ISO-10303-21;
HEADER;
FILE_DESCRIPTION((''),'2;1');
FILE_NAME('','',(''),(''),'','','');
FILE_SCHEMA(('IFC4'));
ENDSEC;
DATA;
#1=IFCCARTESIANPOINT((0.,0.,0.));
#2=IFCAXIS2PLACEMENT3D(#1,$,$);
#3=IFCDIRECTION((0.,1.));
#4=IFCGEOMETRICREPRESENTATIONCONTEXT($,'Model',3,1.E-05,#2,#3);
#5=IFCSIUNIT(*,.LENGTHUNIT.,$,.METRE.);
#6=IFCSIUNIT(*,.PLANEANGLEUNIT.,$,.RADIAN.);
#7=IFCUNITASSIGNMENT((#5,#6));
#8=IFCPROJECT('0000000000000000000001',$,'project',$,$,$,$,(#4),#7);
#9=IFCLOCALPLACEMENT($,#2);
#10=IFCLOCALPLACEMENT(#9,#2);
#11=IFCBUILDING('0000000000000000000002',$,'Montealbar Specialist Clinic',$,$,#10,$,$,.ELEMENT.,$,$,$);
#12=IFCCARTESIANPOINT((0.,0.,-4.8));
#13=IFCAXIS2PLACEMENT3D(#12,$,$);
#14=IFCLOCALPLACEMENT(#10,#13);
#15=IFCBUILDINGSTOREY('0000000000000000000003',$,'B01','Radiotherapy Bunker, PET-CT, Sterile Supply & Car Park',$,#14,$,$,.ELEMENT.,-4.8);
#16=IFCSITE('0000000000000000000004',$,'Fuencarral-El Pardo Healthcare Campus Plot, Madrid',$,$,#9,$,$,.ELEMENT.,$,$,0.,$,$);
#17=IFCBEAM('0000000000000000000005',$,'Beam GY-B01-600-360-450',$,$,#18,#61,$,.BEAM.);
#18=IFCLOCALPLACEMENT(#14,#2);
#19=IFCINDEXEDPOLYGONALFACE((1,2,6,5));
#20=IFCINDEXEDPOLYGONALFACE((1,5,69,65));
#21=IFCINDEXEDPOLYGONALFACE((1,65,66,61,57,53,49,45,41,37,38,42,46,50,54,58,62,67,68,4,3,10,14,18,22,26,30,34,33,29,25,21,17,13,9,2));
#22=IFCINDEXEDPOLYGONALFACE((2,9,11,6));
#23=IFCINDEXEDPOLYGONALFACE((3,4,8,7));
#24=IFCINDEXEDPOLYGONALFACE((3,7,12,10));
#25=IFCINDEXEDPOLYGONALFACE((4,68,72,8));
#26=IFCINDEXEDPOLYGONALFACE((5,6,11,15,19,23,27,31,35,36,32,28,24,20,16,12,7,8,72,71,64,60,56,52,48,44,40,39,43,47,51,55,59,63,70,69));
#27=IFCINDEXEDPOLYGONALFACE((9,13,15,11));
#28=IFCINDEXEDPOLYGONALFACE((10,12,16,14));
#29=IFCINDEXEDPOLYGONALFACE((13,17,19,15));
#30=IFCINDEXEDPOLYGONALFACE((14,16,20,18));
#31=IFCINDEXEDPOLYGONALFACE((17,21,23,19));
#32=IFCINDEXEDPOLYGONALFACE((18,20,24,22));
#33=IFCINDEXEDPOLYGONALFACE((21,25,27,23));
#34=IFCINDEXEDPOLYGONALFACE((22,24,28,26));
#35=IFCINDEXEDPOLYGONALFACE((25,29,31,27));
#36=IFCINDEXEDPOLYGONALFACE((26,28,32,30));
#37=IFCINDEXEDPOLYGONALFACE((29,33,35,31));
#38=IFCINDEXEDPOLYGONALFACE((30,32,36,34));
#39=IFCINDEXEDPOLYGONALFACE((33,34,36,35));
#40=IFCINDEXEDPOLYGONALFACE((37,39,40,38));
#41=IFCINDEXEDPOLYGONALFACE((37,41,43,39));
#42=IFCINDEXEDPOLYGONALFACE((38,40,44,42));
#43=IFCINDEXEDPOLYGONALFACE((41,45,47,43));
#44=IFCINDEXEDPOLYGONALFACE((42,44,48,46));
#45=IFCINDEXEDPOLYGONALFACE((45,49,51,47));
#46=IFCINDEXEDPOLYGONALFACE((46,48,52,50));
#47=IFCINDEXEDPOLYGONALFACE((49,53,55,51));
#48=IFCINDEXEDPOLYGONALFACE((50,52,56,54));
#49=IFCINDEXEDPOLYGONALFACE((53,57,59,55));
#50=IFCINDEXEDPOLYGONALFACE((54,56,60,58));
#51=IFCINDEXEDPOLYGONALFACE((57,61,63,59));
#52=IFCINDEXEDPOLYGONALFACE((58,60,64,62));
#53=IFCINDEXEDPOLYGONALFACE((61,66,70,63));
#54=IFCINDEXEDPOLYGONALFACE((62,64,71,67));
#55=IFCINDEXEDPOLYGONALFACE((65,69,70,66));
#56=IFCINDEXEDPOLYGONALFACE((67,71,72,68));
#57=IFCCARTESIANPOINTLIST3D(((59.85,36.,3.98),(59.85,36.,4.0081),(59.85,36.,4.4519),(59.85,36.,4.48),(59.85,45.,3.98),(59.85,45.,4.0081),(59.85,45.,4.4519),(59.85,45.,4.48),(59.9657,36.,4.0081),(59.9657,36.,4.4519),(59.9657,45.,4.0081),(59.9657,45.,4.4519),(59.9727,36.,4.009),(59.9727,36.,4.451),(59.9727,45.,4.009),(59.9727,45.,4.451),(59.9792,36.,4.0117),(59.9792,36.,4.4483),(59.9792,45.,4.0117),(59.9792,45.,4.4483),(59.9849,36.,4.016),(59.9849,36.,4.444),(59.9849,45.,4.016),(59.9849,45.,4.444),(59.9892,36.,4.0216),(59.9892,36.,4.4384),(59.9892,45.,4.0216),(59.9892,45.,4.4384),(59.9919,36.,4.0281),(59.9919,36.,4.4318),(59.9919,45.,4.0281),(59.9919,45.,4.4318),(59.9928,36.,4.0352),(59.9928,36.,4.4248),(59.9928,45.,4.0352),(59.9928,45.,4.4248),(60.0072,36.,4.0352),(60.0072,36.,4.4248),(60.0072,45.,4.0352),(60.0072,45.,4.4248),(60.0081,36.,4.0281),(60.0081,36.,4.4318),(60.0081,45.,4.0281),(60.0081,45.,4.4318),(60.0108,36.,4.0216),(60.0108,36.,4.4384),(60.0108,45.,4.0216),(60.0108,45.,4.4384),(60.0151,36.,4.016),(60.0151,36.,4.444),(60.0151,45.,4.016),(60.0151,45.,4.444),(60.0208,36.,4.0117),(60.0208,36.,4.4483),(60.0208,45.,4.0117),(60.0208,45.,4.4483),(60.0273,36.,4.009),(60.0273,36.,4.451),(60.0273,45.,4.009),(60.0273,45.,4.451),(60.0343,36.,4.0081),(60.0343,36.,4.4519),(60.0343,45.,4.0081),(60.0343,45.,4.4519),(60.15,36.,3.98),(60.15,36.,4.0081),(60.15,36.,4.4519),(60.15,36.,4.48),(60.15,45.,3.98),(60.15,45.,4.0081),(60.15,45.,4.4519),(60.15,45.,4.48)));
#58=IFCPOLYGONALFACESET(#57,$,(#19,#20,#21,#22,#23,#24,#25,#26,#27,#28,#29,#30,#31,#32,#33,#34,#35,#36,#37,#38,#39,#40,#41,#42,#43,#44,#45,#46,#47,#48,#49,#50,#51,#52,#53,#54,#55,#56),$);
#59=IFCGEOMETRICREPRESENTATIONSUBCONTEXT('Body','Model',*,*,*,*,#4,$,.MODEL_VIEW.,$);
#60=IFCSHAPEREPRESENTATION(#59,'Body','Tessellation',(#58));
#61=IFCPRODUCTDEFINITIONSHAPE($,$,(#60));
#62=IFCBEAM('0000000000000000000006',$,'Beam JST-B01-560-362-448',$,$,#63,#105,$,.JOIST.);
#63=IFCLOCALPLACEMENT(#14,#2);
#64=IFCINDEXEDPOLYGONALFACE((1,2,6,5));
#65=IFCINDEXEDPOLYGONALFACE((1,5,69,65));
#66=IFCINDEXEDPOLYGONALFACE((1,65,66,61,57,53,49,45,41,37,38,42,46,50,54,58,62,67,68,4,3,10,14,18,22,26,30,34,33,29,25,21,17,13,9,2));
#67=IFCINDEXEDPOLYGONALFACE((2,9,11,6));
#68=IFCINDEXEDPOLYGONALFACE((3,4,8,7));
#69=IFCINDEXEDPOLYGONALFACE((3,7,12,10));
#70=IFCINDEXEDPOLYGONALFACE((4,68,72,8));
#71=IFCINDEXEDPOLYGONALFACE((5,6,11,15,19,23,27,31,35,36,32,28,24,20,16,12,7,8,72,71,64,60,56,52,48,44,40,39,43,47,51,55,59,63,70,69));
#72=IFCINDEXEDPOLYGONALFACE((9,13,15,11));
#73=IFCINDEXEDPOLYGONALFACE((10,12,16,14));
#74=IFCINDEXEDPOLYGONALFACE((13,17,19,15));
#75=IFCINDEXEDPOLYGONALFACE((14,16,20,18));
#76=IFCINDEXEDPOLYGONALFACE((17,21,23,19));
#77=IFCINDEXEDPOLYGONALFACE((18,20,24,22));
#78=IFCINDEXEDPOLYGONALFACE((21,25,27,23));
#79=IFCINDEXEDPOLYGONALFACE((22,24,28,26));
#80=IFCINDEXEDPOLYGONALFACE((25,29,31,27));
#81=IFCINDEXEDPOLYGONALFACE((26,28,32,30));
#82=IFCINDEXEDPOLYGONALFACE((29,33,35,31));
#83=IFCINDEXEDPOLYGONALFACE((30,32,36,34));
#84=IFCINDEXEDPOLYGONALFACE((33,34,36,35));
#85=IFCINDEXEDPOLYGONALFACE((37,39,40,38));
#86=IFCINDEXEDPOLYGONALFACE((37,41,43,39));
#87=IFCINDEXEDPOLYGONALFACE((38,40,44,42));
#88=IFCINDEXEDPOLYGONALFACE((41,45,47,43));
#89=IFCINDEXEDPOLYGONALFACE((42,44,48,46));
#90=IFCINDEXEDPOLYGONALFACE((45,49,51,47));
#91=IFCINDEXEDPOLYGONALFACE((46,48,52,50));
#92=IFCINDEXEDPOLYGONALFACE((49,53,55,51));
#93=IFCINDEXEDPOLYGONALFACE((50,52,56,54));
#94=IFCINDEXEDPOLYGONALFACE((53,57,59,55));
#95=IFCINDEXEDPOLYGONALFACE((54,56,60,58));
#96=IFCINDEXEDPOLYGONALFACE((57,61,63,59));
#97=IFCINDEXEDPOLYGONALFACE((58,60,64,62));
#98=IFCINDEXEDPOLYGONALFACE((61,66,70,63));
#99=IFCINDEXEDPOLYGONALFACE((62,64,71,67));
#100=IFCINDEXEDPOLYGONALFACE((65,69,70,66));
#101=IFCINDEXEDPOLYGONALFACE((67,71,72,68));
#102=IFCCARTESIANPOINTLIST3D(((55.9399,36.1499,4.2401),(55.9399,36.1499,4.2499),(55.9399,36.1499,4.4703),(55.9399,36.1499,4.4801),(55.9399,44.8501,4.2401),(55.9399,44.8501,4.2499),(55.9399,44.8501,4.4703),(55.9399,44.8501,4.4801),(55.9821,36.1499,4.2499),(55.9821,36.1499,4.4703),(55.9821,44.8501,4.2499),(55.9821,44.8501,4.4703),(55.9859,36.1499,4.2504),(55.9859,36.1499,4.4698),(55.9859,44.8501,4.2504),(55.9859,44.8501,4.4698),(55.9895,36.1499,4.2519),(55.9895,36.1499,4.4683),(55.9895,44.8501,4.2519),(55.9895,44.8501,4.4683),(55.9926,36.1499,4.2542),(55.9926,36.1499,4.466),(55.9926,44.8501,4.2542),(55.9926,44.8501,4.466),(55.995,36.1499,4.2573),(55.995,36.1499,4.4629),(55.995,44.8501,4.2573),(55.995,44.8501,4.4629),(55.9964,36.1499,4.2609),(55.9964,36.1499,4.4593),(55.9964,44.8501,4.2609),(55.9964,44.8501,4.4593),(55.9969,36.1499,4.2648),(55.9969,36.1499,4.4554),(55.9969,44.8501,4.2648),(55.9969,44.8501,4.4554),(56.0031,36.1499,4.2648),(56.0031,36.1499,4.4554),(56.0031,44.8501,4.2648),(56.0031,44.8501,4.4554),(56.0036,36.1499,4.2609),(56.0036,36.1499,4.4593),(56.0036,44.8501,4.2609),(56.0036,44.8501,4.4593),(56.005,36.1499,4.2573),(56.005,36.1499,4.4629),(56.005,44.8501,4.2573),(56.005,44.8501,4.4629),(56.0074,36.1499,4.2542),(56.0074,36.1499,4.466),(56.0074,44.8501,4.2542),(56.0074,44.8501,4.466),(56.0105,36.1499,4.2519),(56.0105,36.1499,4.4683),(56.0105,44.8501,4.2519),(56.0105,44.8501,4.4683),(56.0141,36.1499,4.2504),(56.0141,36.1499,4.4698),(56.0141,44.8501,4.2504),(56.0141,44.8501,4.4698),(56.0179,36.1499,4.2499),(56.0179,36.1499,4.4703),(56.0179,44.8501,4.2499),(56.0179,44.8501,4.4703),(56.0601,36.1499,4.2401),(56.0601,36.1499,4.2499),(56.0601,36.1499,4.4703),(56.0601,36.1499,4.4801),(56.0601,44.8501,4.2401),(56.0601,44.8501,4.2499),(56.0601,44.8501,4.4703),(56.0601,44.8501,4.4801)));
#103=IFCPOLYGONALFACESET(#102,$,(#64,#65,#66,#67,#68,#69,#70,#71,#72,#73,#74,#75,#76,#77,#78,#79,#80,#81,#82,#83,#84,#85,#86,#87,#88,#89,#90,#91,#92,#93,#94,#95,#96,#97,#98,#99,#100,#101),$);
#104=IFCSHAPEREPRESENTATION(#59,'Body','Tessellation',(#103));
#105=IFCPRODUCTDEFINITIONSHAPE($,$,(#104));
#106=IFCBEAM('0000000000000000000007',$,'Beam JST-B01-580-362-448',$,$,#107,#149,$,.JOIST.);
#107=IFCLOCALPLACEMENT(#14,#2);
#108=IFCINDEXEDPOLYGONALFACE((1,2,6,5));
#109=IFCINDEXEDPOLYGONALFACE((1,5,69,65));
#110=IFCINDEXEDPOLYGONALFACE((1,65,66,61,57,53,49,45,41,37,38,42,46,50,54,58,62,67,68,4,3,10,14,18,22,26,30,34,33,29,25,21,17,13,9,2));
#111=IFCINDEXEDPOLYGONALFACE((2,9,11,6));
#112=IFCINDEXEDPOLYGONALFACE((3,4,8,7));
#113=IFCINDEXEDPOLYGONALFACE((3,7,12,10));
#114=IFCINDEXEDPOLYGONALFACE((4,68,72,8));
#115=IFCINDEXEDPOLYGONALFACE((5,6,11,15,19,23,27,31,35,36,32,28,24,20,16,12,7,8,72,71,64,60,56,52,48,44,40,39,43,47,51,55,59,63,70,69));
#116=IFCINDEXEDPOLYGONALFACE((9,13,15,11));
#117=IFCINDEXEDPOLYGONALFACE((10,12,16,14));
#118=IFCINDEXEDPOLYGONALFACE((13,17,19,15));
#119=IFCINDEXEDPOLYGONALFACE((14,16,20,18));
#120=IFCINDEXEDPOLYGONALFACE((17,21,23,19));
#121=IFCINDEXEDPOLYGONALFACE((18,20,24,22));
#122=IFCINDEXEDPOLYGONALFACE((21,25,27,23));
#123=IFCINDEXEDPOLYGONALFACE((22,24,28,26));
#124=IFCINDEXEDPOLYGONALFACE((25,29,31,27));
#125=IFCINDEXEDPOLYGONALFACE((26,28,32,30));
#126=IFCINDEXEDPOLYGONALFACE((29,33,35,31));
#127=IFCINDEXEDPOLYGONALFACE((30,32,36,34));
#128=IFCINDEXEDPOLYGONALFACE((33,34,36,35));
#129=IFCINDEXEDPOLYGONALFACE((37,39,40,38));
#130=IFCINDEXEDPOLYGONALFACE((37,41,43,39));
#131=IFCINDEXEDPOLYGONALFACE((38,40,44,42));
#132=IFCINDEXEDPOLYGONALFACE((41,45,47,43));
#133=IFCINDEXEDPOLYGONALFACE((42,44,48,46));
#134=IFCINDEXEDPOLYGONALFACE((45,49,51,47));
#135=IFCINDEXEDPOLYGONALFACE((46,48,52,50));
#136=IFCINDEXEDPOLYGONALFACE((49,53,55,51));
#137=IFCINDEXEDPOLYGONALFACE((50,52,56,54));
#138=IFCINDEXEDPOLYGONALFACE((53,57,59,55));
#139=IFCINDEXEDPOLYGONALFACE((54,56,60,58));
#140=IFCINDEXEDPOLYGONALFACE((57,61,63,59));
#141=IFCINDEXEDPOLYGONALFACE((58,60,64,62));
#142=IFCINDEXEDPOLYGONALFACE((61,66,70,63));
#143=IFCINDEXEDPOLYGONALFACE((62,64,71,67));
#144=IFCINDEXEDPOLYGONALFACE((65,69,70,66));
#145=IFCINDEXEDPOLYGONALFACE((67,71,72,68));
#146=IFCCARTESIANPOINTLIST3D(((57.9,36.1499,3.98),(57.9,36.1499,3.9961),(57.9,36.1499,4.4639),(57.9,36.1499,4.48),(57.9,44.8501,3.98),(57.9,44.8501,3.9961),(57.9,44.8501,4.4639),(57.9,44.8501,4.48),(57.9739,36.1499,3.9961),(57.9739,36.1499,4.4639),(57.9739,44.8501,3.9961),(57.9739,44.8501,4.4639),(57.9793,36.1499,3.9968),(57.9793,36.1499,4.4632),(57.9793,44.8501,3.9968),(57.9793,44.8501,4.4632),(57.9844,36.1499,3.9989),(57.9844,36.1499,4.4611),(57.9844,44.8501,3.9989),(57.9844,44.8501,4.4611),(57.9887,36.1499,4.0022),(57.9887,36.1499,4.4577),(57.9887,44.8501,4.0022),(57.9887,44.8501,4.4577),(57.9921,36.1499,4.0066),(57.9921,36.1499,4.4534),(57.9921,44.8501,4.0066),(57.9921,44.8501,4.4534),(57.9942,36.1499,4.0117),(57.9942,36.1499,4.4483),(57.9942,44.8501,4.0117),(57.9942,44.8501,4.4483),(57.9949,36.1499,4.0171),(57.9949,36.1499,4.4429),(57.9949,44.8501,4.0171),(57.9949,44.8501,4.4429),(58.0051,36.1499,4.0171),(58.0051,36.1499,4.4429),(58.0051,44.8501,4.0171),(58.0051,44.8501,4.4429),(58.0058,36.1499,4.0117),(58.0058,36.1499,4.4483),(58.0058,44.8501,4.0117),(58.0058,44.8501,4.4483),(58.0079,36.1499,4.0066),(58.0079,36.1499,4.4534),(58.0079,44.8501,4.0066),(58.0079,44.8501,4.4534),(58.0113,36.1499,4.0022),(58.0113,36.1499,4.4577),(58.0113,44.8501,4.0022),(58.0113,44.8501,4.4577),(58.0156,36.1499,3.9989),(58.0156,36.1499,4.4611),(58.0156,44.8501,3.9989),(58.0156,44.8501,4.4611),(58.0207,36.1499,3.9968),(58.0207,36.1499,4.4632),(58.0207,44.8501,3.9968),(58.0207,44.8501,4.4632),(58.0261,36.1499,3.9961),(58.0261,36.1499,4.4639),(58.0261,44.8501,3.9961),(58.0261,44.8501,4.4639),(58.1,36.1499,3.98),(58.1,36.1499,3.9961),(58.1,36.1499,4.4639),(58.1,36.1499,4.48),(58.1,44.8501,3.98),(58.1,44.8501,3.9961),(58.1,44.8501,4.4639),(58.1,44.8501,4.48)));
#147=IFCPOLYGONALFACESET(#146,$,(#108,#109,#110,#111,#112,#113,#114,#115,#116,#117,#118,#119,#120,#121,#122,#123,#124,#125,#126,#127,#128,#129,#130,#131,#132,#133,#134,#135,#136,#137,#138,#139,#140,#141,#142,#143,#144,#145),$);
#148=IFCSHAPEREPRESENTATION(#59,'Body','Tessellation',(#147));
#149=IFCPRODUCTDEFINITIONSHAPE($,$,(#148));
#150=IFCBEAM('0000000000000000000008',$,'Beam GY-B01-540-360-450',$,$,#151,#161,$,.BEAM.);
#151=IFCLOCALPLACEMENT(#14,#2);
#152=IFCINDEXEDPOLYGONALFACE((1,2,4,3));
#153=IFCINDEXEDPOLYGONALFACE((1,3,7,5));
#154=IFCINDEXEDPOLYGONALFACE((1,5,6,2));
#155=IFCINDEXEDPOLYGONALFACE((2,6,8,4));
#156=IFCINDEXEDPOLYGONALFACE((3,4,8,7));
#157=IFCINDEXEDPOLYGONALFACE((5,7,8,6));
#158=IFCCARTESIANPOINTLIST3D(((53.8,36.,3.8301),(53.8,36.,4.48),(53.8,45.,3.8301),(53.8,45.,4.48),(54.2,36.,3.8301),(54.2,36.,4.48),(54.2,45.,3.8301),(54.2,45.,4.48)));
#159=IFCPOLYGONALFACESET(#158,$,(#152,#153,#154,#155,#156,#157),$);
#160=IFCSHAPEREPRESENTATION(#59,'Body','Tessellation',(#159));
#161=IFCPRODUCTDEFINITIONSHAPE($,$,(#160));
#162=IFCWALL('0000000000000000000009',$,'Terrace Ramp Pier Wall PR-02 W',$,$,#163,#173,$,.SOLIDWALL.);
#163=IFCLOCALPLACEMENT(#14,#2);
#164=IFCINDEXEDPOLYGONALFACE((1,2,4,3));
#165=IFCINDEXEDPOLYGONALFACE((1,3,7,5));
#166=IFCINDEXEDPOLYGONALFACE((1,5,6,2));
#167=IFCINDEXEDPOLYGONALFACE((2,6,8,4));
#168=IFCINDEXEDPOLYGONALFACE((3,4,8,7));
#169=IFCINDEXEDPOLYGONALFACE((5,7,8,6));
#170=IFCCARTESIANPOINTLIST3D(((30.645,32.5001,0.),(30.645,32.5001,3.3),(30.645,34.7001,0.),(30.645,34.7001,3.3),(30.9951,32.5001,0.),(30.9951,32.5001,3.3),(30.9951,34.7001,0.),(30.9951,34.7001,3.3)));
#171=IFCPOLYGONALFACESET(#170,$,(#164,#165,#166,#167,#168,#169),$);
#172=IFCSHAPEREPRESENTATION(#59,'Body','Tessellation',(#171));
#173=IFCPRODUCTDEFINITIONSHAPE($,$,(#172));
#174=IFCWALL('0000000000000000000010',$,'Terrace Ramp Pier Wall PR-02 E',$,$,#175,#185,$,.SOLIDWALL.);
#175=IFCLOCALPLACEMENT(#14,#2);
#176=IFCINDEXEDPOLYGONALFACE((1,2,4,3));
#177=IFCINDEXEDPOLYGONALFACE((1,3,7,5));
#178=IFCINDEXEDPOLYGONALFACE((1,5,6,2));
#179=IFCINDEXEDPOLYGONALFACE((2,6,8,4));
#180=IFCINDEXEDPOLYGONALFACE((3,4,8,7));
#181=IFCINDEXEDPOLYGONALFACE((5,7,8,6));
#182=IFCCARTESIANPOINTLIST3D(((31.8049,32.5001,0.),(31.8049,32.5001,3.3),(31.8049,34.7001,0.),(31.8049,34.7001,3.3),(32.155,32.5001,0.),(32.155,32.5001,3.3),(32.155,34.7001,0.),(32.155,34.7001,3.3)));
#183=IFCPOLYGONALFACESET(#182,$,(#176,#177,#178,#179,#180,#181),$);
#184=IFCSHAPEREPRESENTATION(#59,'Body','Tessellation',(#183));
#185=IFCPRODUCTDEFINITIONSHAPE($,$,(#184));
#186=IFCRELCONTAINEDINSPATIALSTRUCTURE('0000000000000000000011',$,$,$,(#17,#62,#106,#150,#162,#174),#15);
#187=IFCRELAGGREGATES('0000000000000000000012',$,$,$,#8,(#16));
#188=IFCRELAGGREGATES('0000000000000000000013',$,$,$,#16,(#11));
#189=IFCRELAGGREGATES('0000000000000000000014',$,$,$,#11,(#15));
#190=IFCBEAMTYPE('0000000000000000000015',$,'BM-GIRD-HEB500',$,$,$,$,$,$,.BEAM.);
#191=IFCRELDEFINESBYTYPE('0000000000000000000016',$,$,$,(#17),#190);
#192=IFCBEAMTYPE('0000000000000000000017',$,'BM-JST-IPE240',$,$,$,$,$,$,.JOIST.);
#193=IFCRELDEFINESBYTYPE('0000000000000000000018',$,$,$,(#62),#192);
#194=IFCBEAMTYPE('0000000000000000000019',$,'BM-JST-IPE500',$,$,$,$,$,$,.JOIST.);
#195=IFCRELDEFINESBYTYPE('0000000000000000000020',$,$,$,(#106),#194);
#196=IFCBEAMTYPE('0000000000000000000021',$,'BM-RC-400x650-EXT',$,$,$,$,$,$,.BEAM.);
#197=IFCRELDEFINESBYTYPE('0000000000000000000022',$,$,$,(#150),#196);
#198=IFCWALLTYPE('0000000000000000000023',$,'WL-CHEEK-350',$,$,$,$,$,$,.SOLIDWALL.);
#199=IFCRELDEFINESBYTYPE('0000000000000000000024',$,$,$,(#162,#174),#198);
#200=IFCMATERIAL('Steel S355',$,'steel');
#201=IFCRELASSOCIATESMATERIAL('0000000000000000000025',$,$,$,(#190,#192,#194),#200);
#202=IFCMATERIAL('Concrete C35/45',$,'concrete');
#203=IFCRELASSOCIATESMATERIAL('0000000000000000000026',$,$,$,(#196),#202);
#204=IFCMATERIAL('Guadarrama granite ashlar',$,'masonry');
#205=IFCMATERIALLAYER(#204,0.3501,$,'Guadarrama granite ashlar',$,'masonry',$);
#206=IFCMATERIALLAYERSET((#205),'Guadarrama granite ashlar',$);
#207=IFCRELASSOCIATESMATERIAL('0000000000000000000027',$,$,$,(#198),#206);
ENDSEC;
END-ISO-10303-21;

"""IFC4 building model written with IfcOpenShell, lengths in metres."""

from ifc_helpers import new_model, si_unit, direction, frame, frame_2d, origin, origin_2d, place, context, subcontext, project, spatial, rectangle, i_section, extrude, material, layer, layer_set, material_profile, profile_set, type_object, element, save


model = new_model("IFC4")

# Units and contexts
model_context = context("Model", 3, precision=1e-05, world=origin(), true_north=direction((0.0, 1.0)))
body_context = subcontext(model_context, "Body", "Model", "MODEL_VIEW")
ifc_project = project(units=[si_unit("LENGTHUNIT", "METRE"), si_unit("PLANEANGLEUNIT", "RADIAN")], contexts=[model_context])

# Site, building, storey
site_placement = place(None, origin())
site = spatial("IfcSite", under=ifc_project, at=site_placement, Name="Fuencarral-El Pardo Healthcare Campus Plot, Madrid", CompositionType="ELEMENT", RefElevation=0.0)
building_placement = place(site_placement, origin())
building = spatial("IfcBuilding", under=site, at=building_placement, Name="Montealbar Specialist Clinic", CompositionType="ELEMENT")
storey_placement = place(building_placement, frame((0.0, 0.0, -4.8)))
storey = spatial("IfcBuildingStorey", under=building, at=storey_placement, Name="B01", Description="Radiotherapy Bunker, PET-CT, Sterile Supply & Car Park", CompositionType="ELEMENT", Elevation=-4.8)

# Shared definitions
ifc_material_1 = material(Name="Concrete C35/45", Category="concrete")

# Shared definitions
ifc_material_2 = material(Name="Steel S355", Category="steel")
ifc_material_3 = material(Name="Guadarrama granite ashlar", Category="masonry")

# Beams
ifc_material_profile_1 = material_profile(ifc_material_2, i_section(OverallWidth=0.3, OverallDepth=0.5, WebThickness=0.0144, FlangeThickness=0.0281, FilletRadius=0.0271, at=origin_2d()), Name="HEB 500", Category="steel")
ifc_profile_set_1 = profile_set([ifc_material_profile_1], Name="Steel S355")
beam_type_1 = type_object("IfcBeamType", Name="BM-GIRD-HEB500", PredefinedType="BEAM", material=ifc_profile_set_1)
beam_1_placement = place(storey_placement, frame((60.0, 36.0, 4.23), z_axis=(0.0, 1.0, 0.0), x_axis=(-1.0, 0.0, 0.0)))
element("IfcBeam", 1, at=beam_1_placement, inside=storey, type_object=beam_type_1, Name="Beam GY-B01-600-360-450", PredefinedType="BEAM", context=body_context, shape_type="SweptSolid", body=[
    extrude(i_section(OverallWidth=0.3, OverallDepth=0.5, WebThickness=0.0144, FlangeThickness=0.0281, FilletRadius=0.0271, at=origin_2d()), origin(), (0.0, 0.0, 1.0), 9.0),
])
ifc_material_profile_2 = material_profile(ifc_material_2, i_section(OverallWidth=0.1201, OverallDepth=0.24, WebThickness=0.0061, FlangeThickness=0.0098, FilletRadius=0.0149, at=origin_2d()), Name="IPE 240", Category="steel")
ifc_profile_set_2 = profile_set([ifc_material_profile_2], Name="Steel S355")
beam_type_2 = type_object("IfcBeamType", Name="BM-JST-IPE240", PredefinedType="JOIST", material=ifc_profile_set_2)
beam_2_placement = place(storey_placement, frame((56.0, 36.1499, 4.3601), z_axis=(0.0, 1.0, 0.0), x_axis=(-1.0, 0.0, 0.0)))
element("IfcBeam", 2, at=beam_2_placement, inside=storey, type_object=beam_type_2, Name="Beam JST-B01-560-362-448", PredefinedType="JOIST", context=body_context, shape_type="SweptSolid", body=[
    extrude(i_section(OverallWidth=0.1201, OverallDepth=0.24, WebThickness=0.0061, FlangeThickness=0.0098, FilletRadius=0.0149, at=origin_2d()), origin(), (0.0, 0.0, 1.0), 8.7002),
])
ifc_material_profile_3 = material_profile(ifc_material_2, i_section(OverallWidth=0.2, OverallDepth=0.5, WebThickness=0.0103, FlangeThickness=0.0161, FilletRadius=0.021, at=origin_2d()), Name="IPE 500", Category="steel")
ifc_profile_set_3 = profile_set([ifc_material_profile_3], Name="Steel S355")
beam_type_3 = type_object("IfcBeamType", Name="BM-JST-IPE500", PredefinedType="JOIST", material=ifc_profile_set_3)
beam_3_placement = place(storey_placement, frame((58.0, 36.1499, 4.23), z_axis=(0.0, 1.0, 0.0), x_axis=(-1.0, 0.0, 0.0)))
element("IfcBeam", 3, at=beam_3_placement, inside=storey, type_object=beam_type_3, Name="Beam JST-B01-580-362-448", PredefinedType="JOIST", context=body_context, shape_type="SweptSolid", body=[
    extrude(i_section(OverallWidth=0.2, OverallDepth=0.5, WebThickness=0.0103, FlangeThickness=0.0161, FilletRadius=0.021, at=origin_2d()), origin(), (0.0, 0.0, 1.0), 8.7002),
])
ifc_material_profile_4 = material_profile(ifc_material_1, rectangle(XDim=0.3999, YDim=0.6499, at=origin_2d()), Name="RC 400x650", Category="concrete")
ifc_profile_set_4 = profile_set([ifc_material_profile_4], Name="Concrete C35/45")
beam_type_4 = type_object("IfcBeamType", Name="BM-RC-400x650-EXT", PredefinedType="BEAM", material=ifc_profile_set_4)
beam_4_placement = place(storey_placement, frame((54.0, 36.0, 4.155), z_axis=(0.0, 1.0, 0.0), x_axis=(-1.0, 0.0, 0.0)))
element("IfcBeam", 4, at=beam_4_placement, inside=storey, type_object=beam_type_4, Name="Beam GY-B01-540-360-450", PredefinedType="BEAM", context=body_context, shape_type="SweptSolid", body=[
    extrude(rectangle(XDim=0.3999, YDim=0.6499, at=origin_2d()), origin(), (0.0, 0.0, 1.0), 9.0),
])

# Walls
ifc_layer_1 = layer(ifc_material_3, 0.3501, Name="Guadarrama granite ashlar", Category="masonry")
ifc_layer_set_1 = layer_set([ifc_layer_1], Name="Guadarrama granite ashlar")
wall_type_1 = type_object("IfcWallType", Name="WL-CHEEK-350", PredefinedType="SOLIDWALL", material=ifc_layer_set_1)
for number, where, z_axis, x_axis, name in (
    (5, (30.8201, 32.5, 0.0), (0.0, 0.0, 1.0), (0.0, 1.0, 0.0), "Terrace Ramp Pier Wall PR-02 W"),
    (6, (31.98, 32.5, 0.0), (0.0, 0.0, 1.0), (0.0, 1.0, 0.0), "Terrace Ramp Pier Wall PR-02 E"),
):
    element("IfcWall", number, at=place(storey_placement, frame(where, z_axis=z_axis, x_axis=x_axis)), inside=storey, type_object=wall_type_1, Name=name, PredefinedType="SOLIDWALL", context=body_context, shape_type="SweptSolid", body=[
        extrude(rectangle(XDim=2.2, YDim=0.3501, at=frame_2d((1.1001, 0.0))), origin(), (0.0, 0.0, 1.0), 3.3),
    ])

save(model, "model.ifc")
